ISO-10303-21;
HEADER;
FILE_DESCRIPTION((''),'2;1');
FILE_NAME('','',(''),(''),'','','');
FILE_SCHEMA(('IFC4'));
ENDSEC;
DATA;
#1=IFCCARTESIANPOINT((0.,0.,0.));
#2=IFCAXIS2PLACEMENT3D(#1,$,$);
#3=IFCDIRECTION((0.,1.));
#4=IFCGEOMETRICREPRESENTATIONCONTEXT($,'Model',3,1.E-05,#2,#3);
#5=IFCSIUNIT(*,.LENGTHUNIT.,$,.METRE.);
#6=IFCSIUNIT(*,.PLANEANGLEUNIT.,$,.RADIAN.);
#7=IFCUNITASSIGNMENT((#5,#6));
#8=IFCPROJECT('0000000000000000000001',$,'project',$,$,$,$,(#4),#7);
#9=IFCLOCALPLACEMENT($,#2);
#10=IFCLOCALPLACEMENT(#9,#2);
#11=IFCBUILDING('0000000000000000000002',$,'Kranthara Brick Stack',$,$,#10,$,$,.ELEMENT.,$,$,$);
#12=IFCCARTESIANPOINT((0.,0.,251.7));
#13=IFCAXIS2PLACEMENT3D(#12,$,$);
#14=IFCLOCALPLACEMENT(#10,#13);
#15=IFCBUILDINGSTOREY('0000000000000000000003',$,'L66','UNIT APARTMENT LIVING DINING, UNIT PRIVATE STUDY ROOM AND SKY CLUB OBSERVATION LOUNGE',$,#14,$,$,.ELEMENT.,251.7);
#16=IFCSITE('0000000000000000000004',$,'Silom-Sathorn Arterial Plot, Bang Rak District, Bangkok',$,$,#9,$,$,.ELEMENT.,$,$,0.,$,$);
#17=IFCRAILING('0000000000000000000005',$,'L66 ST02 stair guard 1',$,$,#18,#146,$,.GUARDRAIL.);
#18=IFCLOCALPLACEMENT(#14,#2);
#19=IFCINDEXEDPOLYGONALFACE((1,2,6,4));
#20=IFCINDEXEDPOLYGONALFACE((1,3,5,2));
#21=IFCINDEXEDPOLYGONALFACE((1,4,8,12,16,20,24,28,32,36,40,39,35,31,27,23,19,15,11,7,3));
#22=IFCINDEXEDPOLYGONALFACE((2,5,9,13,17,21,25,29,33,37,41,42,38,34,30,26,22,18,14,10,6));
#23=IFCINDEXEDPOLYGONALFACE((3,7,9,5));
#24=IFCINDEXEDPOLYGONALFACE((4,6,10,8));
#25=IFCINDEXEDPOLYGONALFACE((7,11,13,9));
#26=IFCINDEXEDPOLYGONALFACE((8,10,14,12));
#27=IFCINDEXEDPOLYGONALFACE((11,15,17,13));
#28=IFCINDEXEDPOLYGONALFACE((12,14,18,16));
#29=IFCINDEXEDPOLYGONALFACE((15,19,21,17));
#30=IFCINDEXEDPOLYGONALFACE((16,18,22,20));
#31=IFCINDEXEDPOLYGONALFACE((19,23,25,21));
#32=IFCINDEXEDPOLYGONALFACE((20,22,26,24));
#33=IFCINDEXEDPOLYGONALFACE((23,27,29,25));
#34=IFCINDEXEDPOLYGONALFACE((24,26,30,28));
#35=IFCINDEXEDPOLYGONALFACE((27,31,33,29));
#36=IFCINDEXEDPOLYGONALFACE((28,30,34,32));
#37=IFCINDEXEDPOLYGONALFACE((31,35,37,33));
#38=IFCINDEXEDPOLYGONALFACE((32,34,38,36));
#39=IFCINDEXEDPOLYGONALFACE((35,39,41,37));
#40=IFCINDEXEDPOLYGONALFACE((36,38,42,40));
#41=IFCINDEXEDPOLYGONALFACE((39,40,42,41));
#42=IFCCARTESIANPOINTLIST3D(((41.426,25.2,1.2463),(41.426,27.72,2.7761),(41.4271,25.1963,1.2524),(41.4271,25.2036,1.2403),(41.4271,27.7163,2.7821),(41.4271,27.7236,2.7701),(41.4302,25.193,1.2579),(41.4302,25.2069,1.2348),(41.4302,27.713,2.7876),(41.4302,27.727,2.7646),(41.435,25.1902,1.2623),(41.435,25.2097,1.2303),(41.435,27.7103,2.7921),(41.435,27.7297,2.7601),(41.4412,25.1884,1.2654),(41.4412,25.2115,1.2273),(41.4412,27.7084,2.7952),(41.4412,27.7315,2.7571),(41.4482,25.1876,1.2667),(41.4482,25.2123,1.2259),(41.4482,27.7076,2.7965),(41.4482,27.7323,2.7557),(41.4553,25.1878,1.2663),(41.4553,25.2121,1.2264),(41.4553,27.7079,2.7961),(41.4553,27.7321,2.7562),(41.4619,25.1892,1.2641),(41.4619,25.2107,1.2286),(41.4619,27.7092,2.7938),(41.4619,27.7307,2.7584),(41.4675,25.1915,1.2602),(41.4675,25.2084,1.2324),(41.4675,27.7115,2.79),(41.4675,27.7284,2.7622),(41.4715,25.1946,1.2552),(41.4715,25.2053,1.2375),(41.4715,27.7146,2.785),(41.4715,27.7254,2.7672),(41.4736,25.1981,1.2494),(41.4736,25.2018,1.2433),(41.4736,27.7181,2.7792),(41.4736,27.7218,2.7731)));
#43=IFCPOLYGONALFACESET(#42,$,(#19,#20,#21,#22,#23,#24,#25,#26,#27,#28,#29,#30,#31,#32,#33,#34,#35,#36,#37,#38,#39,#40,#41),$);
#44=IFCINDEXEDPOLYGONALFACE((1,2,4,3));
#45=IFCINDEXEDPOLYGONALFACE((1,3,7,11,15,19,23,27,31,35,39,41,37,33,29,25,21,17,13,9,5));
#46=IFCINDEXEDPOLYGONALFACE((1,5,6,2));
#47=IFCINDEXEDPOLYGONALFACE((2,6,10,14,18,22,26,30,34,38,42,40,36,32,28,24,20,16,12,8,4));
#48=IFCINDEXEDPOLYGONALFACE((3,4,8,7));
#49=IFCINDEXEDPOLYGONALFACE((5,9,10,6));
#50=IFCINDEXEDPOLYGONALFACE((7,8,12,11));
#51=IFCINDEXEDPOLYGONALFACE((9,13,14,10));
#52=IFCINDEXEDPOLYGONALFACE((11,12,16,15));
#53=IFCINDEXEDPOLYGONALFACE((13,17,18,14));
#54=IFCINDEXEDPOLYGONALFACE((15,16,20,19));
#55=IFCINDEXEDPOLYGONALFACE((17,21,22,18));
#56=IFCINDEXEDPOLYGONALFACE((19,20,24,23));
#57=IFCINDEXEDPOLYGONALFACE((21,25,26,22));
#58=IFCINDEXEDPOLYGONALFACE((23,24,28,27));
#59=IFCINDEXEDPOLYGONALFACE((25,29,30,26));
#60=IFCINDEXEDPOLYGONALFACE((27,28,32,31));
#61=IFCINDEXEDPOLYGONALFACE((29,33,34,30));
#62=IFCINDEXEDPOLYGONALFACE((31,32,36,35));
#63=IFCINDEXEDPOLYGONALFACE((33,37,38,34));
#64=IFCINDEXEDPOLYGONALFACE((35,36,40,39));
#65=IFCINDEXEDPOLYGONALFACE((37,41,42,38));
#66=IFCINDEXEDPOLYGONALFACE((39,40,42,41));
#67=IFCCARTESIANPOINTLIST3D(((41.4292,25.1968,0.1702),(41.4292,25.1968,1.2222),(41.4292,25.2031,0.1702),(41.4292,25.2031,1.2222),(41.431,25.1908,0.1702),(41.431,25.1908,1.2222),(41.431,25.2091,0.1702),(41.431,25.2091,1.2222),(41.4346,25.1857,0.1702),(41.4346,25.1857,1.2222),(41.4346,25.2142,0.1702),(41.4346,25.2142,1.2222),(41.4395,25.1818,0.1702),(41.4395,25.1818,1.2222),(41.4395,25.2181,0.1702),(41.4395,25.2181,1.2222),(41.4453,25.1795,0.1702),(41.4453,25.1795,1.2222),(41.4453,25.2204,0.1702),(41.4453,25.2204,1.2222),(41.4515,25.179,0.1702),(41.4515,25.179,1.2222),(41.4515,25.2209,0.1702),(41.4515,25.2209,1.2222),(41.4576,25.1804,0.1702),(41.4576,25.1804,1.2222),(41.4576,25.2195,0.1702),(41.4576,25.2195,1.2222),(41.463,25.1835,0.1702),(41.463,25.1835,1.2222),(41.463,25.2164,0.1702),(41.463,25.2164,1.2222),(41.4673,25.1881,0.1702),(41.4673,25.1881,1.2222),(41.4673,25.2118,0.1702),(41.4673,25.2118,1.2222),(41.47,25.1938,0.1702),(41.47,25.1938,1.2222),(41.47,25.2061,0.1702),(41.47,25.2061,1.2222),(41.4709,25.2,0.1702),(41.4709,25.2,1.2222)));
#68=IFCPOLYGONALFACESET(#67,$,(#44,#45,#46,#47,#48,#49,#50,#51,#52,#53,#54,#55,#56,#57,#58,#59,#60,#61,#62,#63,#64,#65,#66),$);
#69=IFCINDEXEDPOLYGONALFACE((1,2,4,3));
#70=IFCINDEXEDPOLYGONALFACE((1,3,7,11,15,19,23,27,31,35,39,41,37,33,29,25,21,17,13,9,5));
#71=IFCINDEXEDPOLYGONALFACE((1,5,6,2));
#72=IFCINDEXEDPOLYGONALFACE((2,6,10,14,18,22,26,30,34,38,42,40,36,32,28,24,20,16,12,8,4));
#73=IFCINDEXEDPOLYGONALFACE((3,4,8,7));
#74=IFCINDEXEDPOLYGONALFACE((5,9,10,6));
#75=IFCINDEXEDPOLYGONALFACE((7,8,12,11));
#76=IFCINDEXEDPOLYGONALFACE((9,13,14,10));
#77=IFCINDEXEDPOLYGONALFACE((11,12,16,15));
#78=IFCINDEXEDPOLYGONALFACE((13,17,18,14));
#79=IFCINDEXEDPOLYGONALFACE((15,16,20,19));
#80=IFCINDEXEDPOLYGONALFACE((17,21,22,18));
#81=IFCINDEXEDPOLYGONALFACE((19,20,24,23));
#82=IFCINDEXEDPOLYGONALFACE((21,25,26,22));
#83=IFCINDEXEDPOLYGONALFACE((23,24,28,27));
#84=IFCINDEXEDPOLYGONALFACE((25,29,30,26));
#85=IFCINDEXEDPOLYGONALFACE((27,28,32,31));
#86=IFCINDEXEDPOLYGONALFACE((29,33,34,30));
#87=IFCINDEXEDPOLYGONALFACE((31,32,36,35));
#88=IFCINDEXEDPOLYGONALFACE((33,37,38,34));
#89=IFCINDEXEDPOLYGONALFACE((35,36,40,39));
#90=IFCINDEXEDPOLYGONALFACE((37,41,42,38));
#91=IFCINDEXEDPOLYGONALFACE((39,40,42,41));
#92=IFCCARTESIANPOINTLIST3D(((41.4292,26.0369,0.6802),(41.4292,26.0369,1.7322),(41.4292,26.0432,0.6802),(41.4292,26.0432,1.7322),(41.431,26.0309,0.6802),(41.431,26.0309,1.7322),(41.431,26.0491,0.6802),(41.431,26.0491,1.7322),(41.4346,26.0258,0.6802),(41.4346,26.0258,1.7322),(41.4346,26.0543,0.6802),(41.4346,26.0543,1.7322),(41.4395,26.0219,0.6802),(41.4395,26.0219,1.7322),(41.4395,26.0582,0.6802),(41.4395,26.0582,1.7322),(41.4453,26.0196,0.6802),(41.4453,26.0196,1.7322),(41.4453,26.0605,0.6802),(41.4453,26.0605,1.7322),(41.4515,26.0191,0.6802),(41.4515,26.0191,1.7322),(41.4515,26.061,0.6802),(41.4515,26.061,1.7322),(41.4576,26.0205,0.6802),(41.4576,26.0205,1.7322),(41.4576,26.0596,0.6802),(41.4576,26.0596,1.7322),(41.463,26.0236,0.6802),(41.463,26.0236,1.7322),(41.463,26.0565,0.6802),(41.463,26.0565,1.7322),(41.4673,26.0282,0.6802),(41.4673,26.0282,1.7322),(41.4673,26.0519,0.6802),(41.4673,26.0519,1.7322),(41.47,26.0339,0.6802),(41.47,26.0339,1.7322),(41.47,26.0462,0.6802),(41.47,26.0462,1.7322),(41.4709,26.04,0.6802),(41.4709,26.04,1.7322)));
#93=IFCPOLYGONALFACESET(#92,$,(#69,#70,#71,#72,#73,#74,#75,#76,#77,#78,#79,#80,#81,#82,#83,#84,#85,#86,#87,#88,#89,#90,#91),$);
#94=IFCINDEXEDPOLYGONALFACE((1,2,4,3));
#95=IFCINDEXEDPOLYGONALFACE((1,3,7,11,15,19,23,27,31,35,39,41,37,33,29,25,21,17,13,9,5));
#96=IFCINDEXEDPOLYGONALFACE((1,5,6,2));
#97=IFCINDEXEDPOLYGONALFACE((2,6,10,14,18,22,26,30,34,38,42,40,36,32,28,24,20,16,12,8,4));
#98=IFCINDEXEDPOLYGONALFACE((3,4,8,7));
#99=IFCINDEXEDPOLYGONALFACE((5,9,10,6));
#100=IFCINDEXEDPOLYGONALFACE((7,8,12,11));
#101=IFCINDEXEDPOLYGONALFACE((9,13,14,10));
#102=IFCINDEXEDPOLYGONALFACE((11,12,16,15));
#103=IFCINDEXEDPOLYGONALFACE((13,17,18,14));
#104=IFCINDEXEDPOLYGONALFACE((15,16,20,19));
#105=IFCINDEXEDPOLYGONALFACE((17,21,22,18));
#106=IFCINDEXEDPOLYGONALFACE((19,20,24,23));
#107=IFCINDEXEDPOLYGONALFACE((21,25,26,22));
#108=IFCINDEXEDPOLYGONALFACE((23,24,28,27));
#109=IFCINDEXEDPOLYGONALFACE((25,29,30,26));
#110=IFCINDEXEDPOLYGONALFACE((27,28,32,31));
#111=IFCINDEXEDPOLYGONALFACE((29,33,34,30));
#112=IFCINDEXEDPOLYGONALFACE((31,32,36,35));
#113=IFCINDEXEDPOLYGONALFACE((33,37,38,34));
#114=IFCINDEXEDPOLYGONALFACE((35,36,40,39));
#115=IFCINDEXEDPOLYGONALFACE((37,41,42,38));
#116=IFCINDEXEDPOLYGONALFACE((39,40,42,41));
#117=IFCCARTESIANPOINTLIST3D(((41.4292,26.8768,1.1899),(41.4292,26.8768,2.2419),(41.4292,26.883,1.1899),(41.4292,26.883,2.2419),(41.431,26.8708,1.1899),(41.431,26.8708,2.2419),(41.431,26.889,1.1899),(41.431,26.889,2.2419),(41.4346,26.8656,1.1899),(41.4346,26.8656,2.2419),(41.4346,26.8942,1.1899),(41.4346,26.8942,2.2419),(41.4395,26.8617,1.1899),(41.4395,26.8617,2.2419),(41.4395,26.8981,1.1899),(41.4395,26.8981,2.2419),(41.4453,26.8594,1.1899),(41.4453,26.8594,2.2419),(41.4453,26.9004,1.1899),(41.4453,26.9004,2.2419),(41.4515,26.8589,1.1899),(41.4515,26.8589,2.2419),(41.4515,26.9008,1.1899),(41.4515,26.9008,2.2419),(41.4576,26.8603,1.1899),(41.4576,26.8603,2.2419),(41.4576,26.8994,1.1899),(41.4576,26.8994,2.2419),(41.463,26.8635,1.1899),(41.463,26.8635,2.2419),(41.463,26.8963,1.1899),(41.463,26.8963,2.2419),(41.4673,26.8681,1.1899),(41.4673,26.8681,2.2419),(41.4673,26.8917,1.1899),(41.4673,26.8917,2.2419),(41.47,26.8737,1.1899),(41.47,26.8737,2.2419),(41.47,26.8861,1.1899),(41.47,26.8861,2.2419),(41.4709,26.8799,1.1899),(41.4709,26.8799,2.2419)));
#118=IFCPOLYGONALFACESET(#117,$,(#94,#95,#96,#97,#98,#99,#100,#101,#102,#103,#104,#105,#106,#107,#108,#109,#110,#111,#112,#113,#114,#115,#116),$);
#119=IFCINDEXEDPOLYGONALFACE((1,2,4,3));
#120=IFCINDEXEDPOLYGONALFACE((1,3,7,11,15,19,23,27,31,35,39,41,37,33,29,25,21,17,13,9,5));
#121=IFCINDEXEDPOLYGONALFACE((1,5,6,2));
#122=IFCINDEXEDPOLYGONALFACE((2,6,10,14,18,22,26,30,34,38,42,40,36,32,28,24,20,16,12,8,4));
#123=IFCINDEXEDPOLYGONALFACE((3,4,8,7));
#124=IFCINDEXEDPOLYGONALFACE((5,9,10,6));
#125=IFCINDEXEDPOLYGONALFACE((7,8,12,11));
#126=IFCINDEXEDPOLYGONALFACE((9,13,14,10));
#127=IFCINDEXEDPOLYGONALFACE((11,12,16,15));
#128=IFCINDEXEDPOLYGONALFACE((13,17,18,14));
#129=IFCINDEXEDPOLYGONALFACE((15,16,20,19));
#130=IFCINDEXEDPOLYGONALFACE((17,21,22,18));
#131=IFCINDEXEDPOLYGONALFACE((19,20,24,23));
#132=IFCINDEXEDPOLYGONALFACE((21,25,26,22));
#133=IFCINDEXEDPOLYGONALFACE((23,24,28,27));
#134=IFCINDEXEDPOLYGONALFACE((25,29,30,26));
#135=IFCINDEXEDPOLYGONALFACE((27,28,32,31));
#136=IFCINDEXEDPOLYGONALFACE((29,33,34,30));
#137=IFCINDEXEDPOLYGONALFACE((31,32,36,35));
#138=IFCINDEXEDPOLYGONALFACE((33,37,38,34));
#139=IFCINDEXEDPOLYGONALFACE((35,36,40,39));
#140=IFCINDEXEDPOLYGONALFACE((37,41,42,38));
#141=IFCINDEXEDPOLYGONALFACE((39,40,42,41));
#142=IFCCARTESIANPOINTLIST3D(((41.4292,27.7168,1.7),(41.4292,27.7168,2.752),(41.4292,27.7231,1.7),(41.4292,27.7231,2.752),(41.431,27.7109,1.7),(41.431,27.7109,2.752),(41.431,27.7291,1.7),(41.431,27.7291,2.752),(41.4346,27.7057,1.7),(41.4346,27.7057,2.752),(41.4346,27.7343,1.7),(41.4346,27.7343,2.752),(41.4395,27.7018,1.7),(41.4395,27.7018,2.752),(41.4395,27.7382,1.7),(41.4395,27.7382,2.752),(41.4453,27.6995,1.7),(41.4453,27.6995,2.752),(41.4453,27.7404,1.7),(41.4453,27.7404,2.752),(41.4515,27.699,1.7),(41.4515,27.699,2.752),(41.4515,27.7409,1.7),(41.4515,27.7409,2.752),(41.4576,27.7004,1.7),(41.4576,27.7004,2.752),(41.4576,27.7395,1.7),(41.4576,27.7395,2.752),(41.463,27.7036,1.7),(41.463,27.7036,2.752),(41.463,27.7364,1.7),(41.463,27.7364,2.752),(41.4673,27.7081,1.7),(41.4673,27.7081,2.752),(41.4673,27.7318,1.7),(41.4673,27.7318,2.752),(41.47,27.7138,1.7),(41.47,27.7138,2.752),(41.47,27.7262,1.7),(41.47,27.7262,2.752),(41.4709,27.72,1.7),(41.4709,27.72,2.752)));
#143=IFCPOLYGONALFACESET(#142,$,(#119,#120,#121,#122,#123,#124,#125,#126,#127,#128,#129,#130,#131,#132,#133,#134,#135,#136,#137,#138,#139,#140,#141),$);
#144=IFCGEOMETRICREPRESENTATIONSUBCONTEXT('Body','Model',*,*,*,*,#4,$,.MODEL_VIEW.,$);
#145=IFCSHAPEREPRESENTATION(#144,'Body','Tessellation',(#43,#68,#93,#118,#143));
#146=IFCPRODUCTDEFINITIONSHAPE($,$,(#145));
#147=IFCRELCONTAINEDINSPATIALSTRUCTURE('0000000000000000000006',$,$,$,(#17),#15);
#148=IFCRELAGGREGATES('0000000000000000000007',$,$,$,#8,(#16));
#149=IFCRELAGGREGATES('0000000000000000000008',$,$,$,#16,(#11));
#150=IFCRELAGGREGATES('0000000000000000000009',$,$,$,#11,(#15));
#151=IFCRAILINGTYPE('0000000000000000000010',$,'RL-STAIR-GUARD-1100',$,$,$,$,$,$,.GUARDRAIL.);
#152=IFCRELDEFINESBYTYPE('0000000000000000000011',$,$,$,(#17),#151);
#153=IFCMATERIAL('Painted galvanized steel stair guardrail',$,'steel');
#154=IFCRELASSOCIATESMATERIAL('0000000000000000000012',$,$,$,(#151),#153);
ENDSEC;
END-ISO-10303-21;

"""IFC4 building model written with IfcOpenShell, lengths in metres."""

from ifc_helpers import new_model, si_unit, direction, frame, origin, origin_2d, place, context, subcontext, project, spatial, circle, extrude, material, type_object, element, save


model = new_model("IFC4")

# Units and contexts
model_context = context("Model", 3, precision=1e-05, world=origin(), true_north=direction((0.0, 1.0)))
body_context = subcontext(model_context, "Body", "Model", "MODEL_VIEW")
ifc_project = project(units=[si_unit("LENGTHUNIT", "METRE"), si_unit("PLANEANGLEUNIT", "RADIAN")], contexts=[model_context])

# Site, building, storey
site_placement = place(None, origin())
site = spatial("IfcSite", under=ifc_project, at=site_placement, Name="Silom-Sathorn Arterial Plot, Bang Rak District, Bangkok", CompositionType="ELEMENT", RefElevation=0.0)
building_placement = place(site_placement, origin())
building = spatial("IfcBuilding", under=site, at=building_placement, Name="Kranthara Brick Stack", CompositionType="ELEMENT")
storey_placement = place(building_placement, frame((0.0, 0.0, 251.7)))
storey = spatial("IfcBuildingStorey", under=building, at=storey_placement, Name="L66", Description="UNIT APARTMENT LIVING DINING, UNIT PRIVATE STUDY ROOM AND SKY CLUB OBSERVATION LOUNGE", CompositionType="ELEMENT", Elevation=251.7)

# Railing
ifc_material_1 = material(Name="Painted galvanized steel stair guardrail", Category="steel")
railing_type_1 = type_object("IfcRailingType", Name="RL-STAIR-GUARD-1100", PredefinedType="GUARDRAIL", material=ifc_material_1)
railing_1_placement = place(storey_placement, frame((41.45, 25.2, 0.1702)))
element("IfcRailing", 1, at=railing_1_placement, inside=storey, type_object=railing_type_1, Name="L66 ST02 stair guard 1", PredefinedType="GUARDRAIL", context=body_context, shape_type="SweptSolid", body=[
    extrude(circle(Radius=0.0239, at=origin_2d()), frame((0.0, 0.0, 1.0762), z_axis=(0.0, 0.854822, 0.518922), x_axis=(-1.0, 0.0, 0.0)), (0.0, 0.0, 1.0), 2.948),
    extrude(circle(Radius=0.021, at=origin_2d()), origin(), (0.0, 0.0, 1.0), 1.052),
    extrude(circle(Radius=0.021, at=origin_2d()), frame((0.0, 0.8401, 0.51)), (0.0, 0.0, 1.0), 1.052),
    extrude(circle(Radius=0.021, at=origin_2d()), frame((0.0, 1.6799, 1.0198)), (0.0, 0.0, 1.0), 1.052),
    extrude(circle(Radius=0.021, at=origin_2d()), frame((0.0, 2.52, 1.5298)), (0.0, 0.0, 1.0), 1.052),
])

save(model, "model.ifc")
